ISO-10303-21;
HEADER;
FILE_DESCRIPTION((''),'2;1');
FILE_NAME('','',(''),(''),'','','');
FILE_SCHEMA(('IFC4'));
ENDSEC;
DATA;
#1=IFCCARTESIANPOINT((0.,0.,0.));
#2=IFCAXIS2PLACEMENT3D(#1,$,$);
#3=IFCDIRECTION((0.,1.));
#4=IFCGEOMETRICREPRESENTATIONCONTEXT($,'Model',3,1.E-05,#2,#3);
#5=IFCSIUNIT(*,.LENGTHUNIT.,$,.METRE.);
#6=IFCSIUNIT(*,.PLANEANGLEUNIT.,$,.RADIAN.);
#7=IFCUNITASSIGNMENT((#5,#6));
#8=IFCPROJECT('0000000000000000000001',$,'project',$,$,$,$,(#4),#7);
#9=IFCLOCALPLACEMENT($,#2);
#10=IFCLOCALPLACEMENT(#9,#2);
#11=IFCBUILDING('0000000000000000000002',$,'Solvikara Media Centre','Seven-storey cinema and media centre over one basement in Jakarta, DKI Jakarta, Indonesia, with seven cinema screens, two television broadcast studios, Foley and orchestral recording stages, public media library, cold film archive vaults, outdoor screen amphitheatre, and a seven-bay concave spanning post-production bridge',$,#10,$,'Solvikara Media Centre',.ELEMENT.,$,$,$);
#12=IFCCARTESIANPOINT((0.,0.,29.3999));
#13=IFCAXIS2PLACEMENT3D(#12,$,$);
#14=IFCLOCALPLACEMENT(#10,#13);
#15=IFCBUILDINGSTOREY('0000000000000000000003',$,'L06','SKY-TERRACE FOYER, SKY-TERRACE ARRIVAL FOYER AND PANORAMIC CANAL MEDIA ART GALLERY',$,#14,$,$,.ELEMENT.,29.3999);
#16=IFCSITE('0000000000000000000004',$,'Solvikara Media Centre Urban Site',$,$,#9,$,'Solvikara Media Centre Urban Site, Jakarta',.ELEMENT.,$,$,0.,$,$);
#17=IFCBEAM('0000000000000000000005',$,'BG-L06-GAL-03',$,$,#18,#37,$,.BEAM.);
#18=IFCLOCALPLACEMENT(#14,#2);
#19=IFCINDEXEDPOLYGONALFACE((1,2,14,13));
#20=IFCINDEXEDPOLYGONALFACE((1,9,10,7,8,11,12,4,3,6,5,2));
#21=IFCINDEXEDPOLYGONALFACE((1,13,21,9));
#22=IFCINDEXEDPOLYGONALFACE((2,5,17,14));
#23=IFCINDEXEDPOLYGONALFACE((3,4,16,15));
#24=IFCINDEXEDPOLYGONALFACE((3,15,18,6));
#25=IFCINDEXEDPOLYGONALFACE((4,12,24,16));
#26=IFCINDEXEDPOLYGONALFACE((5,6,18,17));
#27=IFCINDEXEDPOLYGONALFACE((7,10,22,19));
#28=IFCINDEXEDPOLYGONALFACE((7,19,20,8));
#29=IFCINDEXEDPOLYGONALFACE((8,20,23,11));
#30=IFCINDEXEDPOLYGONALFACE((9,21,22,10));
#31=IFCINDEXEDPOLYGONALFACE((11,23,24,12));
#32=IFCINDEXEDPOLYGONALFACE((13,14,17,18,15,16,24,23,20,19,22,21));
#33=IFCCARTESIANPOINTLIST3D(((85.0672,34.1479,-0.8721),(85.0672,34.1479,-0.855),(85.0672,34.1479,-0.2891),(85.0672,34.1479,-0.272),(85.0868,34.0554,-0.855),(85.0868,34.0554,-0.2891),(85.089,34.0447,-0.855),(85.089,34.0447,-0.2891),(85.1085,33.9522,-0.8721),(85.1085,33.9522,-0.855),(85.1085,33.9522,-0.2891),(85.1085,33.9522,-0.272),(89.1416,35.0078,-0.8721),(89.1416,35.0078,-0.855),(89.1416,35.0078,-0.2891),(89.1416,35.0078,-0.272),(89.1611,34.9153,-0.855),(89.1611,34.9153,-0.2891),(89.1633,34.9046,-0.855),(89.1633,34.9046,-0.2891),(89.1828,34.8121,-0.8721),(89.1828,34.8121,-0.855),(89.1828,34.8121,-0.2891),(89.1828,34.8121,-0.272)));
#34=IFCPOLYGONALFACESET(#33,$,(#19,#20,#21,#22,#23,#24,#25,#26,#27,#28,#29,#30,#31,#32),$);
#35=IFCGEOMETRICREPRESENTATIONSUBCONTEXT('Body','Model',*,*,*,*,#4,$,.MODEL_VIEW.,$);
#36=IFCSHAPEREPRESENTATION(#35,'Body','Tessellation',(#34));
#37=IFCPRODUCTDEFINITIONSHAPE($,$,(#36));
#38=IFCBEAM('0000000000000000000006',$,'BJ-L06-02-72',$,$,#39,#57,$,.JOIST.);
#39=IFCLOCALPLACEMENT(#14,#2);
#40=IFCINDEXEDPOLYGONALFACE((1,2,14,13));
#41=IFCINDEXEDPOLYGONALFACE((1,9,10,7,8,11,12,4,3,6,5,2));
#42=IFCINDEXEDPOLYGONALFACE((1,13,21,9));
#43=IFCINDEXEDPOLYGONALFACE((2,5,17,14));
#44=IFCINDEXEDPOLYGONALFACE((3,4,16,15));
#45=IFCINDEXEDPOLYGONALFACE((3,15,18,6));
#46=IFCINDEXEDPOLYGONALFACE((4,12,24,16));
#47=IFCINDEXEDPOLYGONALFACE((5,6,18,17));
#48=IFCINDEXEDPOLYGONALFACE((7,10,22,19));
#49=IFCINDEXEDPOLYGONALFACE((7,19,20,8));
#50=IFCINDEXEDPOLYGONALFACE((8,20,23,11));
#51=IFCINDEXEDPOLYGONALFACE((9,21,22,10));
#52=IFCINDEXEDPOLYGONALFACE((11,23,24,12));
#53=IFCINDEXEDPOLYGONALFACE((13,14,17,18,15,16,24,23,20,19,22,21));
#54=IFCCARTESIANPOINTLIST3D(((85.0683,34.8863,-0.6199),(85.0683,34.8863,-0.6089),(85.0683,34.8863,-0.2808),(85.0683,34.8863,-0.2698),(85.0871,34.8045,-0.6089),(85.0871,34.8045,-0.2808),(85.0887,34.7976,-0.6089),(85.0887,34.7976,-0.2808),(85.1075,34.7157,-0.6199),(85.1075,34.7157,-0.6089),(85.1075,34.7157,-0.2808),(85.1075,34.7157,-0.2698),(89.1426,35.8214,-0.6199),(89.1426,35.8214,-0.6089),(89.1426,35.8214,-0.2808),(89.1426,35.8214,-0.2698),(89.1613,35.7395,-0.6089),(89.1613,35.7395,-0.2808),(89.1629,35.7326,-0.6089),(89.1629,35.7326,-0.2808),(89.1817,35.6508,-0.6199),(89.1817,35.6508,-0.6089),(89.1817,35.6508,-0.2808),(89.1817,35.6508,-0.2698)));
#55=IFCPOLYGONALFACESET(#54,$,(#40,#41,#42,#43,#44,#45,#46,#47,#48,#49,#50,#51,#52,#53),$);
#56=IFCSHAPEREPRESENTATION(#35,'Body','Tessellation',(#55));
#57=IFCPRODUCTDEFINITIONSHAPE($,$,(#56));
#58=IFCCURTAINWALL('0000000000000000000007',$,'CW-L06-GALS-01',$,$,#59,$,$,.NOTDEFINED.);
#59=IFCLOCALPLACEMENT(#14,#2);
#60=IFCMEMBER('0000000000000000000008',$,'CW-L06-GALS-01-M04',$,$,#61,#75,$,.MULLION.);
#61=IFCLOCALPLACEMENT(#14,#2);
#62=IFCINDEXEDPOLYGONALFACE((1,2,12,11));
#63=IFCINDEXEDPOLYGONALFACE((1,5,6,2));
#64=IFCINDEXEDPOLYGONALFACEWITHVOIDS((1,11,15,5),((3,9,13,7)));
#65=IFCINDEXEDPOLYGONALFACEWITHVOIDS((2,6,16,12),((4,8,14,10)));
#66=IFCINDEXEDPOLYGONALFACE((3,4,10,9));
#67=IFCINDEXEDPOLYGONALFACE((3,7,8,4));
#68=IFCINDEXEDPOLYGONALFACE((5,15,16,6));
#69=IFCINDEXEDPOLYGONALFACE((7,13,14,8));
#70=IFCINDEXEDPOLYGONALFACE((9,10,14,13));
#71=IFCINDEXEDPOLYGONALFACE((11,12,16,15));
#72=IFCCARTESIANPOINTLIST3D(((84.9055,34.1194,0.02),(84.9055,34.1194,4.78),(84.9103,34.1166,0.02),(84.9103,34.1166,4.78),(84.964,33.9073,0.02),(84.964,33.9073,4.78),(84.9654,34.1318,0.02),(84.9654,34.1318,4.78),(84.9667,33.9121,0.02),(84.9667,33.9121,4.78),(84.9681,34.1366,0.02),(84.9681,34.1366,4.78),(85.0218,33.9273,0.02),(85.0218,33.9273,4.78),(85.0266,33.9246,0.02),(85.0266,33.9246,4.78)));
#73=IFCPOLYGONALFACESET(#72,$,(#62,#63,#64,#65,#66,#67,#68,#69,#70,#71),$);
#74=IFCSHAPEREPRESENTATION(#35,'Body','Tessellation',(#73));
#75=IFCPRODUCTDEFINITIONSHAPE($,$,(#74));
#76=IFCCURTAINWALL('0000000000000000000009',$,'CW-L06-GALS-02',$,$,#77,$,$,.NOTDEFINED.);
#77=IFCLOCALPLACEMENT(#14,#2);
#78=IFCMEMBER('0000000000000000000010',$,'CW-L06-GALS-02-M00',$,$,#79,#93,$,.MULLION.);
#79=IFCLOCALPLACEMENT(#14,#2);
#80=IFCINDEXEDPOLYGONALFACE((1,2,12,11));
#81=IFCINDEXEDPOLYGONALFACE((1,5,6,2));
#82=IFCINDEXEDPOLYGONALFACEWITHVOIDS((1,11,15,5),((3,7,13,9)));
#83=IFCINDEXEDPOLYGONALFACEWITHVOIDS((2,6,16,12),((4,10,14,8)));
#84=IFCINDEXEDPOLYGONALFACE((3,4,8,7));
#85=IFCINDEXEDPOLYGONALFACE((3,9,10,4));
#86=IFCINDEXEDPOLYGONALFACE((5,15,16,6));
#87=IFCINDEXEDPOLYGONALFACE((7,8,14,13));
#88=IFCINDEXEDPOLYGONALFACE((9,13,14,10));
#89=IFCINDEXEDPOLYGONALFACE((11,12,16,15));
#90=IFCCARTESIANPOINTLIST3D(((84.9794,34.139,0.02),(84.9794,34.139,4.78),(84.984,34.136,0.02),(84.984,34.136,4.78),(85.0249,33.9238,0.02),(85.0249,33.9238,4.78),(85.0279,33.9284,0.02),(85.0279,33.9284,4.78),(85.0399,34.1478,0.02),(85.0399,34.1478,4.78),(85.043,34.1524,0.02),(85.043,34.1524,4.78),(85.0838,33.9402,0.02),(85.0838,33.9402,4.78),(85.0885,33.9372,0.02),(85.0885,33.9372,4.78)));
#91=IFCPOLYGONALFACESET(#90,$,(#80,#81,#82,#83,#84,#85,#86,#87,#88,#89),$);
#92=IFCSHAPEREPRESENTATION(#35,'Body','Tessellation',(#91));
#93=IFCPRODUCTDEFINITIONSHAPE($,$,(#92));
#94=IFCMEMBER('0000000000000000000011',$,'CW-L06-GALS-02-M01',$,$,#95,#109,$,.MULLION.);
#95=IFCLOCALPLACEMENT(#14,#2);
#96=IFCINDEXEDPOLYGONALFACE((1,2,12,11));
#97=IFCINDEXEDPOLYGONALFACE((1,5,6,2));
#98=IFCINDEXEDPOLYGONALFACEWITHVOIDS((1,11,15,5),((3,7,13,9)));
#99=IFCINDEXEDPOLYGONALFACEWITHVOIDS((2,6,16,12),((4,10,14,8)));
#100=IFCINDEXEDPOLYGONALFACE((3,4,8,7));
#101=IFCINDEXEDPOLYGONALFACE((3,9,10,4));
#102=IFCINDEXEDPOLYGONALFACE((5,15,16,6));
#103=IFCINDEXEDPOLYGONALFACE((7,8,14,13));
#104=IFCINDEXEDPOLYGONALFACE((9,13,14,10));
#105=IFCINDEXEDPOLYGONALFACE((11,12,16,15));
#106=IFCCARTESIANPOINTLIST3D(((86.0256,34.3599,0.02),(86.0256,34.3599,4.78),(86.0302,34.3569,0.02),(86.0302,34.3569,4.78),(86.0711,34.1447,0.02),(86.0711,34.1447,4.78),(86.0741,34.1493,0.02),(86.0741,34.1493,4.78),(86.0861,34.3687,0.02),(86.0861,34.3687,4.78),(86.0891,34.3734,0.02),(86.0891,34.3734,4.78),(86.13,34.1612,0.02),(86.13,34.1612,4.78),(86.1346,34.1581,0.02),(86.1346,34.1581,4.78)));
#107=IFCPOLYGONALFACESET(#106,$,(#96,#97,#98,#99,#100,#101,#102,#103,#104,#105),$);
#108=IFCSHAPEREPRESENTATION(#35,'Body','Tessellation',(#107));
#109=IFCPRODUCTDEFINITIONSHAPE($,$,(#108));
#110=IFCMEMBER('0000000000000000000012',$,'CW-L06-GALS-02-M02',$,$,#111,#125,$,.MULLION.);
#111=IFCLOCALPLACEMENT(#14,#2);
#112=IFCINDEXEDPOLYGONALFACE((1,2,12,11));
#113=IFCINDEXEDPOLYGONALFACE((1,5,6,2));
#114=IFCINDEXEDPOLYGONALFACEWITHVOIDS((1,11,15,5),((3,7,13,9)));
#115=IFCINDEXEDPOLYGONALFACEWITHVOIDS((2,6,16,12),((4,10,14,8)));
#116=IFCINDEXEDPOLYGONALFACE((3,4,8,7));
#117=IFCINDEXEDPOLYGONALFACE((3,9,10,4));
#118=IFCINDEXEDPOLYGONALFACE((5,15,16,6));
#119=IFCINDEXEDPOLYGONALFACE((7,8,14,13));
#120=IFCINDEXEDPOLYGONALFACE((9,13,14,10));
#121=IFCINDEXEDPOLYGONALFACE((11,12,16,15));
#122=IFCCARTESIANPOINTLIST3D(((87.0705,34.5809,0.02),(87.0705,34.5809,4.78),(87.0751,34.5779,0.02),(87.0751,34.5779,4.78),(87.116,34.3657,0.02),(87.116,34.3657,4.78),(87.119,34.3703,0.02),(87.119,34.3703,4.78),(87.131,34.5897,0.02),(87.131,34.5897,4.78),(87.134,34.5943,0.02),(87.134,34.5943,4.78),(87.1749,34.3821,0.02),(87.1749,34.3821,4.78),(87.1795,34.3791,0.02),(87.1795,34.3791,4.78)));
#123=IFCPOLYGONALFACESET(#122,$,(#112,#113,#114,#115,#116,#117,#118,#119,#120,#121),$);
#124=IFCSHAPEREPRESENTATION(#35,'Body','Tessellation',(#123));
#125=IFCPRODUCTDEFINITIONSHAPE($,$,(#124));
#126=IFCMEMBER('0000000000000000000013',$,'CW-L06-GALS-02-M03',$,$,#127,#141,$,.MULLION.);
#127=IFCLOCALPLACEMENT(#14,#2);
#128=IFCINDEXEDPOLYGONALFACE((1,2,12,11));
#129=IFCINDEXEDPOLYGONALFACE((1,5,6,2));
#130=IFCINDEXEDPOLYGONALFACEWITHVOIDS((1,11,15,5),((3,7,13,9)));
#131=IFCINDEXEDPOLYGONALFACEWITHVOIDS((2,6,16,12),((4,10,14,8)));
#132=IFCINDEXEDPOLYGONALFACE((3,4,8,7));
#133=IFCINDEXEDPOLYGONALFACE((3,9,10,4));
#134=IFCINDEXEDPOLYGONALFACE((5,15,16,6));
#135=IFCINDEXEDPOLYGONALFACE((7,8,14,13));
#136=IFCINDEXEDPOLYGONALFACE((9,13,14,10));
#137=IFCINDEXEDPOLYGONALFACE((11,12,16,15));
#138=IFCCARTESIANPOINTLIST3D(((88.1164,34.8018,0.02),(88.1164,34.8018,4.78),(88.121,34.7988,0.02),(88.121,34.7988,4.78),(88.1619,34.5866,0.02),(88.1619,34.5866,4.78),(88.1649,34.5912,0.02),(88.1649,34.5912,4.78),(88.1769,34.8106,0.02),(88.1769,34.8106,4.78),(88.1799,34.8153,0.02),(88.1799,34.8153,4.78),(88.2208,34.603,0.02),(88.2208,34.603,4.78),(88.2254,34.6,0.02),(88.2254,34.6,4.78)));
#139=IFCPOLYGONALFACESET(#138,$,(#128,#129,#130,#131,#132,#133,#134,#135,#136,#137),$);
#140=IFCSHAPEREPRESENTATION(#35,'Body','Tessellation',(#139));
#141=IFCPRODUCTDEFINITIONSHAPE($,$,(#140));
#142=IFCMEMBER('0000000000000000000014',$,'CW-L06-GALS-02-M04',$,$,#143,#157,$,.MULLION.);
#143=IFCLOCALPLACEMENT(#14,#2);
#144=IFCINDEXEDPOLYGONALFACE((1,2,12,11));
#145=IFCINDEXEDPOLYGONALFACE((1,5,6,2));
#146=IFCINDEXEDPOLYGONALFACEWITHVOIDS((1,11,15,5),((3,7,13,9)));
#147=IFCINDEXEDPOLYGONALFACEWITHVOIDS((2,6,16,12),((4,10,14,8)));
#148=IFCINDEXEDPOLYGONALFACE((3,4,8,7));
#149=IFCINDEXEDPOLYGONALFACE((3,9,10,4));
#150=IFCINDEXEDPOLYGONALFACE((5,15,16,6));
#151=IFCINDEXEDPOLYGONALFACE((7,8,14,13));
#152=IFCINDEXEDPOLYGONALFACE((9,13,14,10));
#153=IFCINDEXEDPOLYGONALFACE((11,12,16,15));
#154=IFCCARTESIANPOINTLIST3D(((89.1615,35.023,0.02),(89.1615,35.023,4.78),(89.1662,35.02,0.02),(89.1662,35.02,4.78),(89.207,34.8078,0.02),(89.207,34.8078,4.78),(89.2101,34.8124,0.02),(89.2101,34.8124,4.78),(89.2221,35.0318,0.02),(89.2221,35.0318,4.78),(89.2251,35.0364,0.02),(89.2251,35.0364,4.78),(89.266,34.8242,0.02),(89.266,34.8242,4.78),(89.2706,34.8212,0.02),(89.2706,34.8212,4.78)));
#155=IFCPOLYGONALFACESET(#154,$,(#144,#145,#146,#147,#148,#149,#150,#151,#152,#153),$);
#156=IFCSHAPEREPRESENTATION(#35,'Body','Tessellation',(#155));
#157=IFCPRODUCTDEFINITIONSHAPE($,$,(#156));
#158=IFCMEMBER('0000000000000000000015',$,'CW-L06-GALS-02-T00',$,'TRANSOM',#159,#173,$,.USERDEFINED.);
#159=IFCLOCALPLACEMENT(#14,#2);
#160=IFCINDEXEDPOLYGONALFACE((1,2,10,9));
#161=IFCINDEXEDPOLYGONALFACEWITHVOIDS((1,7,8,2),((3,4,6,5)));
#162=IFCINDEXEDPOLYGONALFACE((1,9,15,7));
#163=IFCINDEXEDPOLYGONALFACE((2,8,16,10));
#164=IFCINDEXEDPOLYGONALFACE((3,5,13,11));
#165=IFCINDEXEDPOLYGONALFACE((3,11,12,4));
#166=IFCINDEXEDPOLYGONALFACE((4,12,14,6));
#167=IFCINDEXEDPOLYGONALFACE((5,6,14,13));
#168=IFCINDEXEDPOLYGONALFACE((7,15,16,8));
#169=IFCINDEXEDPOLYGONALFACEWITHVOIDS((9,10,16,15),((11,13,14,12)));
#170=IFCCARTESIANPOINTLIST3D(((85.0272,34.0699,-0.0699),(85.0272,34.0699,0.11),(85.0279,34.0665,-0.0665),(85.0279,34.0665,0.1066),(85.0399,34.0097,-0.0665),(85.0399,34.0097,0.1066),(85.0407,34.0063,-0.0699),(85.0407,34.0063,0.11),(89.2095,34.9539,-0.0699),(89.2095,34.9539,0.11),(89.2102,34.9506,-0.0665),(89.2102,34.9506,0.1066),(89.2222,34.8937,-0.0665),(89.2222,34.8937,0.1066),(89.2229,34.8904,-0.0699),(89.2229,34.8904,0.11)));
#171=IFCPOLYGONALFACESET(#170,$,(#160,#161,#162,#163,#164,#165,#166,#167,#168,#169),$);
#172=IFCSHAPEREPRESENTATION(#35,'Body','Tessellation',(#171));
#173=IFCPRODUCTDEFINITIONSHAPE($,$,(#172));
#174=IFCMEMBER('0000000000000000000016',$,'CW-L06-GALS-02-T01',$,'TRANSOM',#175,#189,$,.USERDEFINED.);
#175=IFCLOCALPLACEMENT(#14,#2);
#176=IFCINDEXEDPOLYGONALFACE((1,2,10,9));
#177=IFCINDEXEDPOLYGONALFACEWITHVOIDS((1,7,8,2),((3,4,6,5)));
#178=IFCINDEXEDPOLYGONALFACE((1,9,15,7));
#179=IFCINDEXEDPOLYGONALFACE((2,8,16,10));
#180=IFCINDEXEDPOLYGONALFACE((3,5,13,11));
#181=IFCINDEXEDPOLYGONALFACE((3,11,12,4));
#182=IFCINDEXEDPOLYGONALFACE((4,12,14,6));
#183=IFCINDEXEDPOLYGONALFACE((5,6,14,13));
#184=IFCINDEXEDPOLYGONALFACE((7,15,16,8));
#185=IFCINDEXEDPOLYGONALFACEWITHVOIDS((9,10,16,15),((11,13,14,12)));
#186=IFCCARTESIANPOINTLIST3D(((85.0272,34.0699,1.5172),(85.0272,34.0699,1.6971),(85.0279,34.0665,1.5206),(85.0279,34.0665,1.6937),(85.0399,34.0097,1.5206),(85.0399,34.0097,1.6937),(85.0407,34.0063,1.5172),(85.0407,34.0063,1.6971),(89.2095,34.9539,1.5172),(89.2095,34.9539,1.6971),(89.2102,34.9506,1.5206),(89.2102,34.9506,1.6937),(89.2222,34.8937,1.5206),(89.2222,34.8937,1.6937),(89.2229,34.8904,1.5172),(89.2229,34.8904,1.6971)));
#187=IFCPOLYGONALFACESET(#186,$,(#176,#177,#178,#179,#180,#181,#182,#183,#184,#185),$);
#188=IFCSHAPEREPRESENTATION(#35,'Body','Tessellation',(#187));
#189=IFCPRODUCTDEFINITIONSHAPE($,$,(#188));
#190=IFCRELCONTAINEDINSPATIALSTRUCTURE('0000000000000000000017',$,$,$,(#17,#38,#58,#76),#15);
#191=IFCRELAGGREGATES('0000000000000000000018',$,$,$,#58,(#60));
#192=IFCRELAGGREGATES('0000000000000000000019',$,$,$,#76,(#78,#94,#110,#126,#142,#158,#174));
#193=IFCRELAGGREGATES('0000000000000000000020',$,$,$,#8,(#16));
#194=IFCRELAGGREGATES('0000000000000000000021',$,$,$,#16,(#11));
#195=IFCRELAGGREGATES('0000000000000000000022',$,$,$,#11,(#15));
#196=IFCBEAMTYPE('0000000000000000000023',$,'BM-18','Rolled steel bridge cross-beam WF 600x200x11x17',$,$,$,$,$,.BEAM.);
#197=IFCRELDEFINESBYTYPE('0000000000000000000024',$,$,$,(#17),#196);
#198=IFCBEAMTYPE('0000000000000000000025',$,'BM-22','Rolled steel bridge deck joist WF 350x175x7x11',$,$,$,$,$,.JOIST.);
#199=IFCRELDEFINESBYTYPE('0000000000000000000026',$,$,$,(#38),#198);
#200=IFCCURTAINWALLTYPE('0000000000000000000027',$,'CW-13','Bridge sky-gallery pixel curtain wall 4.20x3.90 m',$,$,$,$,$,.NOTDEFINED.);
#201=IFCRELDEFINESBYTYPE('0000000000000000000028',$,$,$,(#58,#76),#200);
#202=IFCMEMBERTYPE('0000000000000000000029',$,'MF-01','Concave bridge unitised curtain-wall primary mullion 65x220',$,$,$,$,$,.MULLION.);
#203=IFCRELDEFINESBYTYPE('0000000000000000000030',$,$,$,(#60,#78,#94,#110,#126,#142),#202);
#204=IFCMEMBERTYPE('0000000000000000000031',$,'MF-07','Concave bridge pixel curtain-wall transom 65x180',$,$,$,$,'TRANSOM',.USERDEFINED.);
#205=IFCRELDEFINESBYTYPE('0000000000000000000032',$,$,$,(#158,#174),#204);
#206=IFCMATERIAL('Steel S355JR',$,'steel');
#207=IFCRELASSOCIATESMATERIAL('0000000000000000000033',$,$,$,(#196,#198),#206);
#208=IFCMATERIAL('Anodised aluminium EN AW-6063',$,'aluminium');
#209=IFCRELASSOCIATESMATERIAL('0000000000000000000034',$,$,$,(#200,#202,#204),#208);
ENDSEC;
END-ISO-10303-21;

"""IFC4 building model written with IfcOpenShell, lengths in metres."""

from ifc_helpers import new_model, si_unit, direction, frame, origin, origin_2d, place, context, subcontext, project, spatial, hollow_rectangle, i_section, extrude, material, material_profile, profile_set, type_object, element, aggregate, save


model = new_model("IFC4")

# Units and contexts
model_context = context("Model", 3, precision=1e-05, world=origin(), true_north=direction((0.0, 1.0)))
body_context = subcontext(model_context, "Body", "Model", "MODEL_VIEW")
ifc_project = project(units=[si_unit("LENGTHUNIT", "METRE"), si_unit("PLANEANGLEUNIT", "RADIAN")], contexts=[model_context])

# Site, building, storey
site_placement = place(None, origin())
site = spatial("IfcSite", under=ifc_project, at=site_placement, Name="Solvikara Media Centre Urban Site", LongName="Solvikara Media Centre Urban Site, Jakarta", CompositionType="ELEMENT", RefElevation=0.0)
building_placement = place(site_placement, origin())
building = spatial("IfcBuilding", under=site, at=building_placement, Name="Solvikara Media Centre", Description="Seven-storey cinema and media centre over one basement in Jakarta, DKI Jakarta, Indonesia, with seven cinema screens, two television broadcast studios, Foley and orchestral recording stages, public media library, cold film archive vaults, outdoor screen amphitheatre, and a seven-bay concave spanning post-production bridge", LongName="Solvikara Media Centre", CompositionType="ELEMENT")
storey_placement = place(building_placement, frame((0.0, 0.0, 29.3999)))
storey = spatial("IfcBuildingStorey", under=building, at=storey_placement, Name="L06", Description="SKY-TERRACE FOYER, SKY-TERRACE ARRIVAL FOYER AND PANORAMIC CANAL MEDIA ART GALLERY", CompositionType="ELEMENT", Elevation=29.3999)

# Beams
ifc_material_1 = material(Name="Steel S355JR", Category="steel")
ifc_material_profile_1 = material_profile(ifc_material_1, i_section(OverallWidth=0.2, OverallDepth=0.6001, WebThickness=0.011, FlangeThickness=0.0171, at=origin_2d()), Name="WF 600x200x11x17")
ifc_profile_set_1 = profile_set([ifc_material_profile_1], Name="Steel S355JR")
beam_type_1 = type_object("IfcBeamType", Name="BM-18", Description="Rolled steel bridge cross-beam WF 600x200x11x17", PredefinedType="BEAM", material=ifc_profile_set_1)
beam_1_placement = place(storey_placement, frame((85.0879, 34.05, -0.572), z_axis=(0.978446, 0.206501, 0.0), x_axis=(-0.206501, 0.978446, 0.0)))
element("IfcBeam", 1, at=beam_1_placement, inside=storey, type_object=beam_type_1, Name="BG-L06-GAL-03", PredefinedType="BEAM", context=body_context, shape_type="SweptSolid", body=[
    extrude(i_section(OverallWidth=0.2, OverallDepth=0.6001, WebThickness=0.011, FlangeThickness=0.0171, at=origin_2d()), origin(), (0.0, 0.0, 1.0), 4.1641),
])
ifc_material_profile_2 = material_profile(ifc_material_1, i_section(OverallWidth=0.175, OverallDepth=0.3501, WebThickness=0.0071, FlangeThickness=0.011, at=origin_2d()), Name="WF 350x175x7x11")
ifc_profile_set_2 = profile_set([ifc_material_profile_2], Name="Steel S355JR")
beam_type_2 = type_object("IfcBeamType", Name="BM-22", Description="Rolled steel bridge deck joist WF 350x175x7x11", PredefinedType="JOIST", material=ifc_profile_set_2)
beam_2_placement = place(storey_placement, frame((85.0879, 34.801, -0.4448), z_axis=(0.97466, 0.223691, 0.0), x_axis=(-0.223691, 0.97466, 0.0)))
element("IfcBeam", 2, at=beam_2_placement, inside=storey, type_object=beam_type_2, Name="BJ-L06-02-72", PredefinedType="JOIST", context=body_context, shape_type="SweptSolid", body=[
    extrude(i_section(OverallWidth=0.175, OverallDepth=0.3501, WebThickness=0.0071, FlangeThickness=0.011, at=origin_2d()), origin(), (0.0, 0.0, 1.0), 4.1802),
])

# Curtain wall, member
ifc_material_2 = material(Name="Anodised aluminium EN AW-6063", Category="aluminium")
curtain_wall_type = type_object("IfcCurtainWallType", Name="CW-13", Description="Bridge sky-gallery pixel curtain wall 4.20x3.90 m", PredefinedType="NOTDEFINED", material=ifc_material_2)
curtain_wall_1_placement = place(storey_placement, origin())
curtain_wall_1 = element("IfcCurtainWall", 3, at=curtain_wall_1_placement, inside=storey, type_object=curtain_wall_type, Name="CW-L06-GALS-01", PredefinedType="NOTDEFINED")
ifc_material_profile_3 = material_profile(ifc_material_2, hollow_rectangle(XDim=0.0649, YDim=0.22, WallThickness=0.0039, at=origin_2d()), Name="ALU-M 65x220x4")
ifc_profile_set_3 = profile_set([ifc_material_profile_3], Name="Anodised aluminium EN AW-6063")
member_type_1 = type_object("IfcMemberType", Name="MF-01", Description="Concave bridge unitised curtain-wall primary mullion 65x220", PredefinedType="MULLION", material=ifc_profile_set_3)
member_1_placement = place(storey_placement, frame((84.9661, 34.022, 0.02), z_axis=(0.0, 0.0, 1.0), x_axis=(0.96403, 0.265792, 0.0)))
member_1 = element("IfcMember", 4, at=member_1_placement, type_object=member_type_1, Name="CW-L06-GALS-01-M04", PredefinedType="MULLION", context=body_context, shape_type="SweptSolid", body=[
    extrude(hollow_rectangle(XDim=0.0649, YDim=0.22, WallThickness=0.0039, at=origin_2d()), origin(), (0.0, 0.0, 1.0), 4.76),
])

# Curtain wall, members
curtain_wall_2_placement = place(storey_placement, origin())
curtain_wall_2 = element("IfcCurtainWall", 5, at=curtain_wall_2_placement, inside=storey, type_object=curtain_wall_type, Name="CW-L06-GALS-02", PredefinedType="NOTDEFINED")
member_2_placement = place(storey_placement, frame((85.0339, 34.0381, 0.02), z_axis=(0.0, 0.0, 1.0), x_axis=(0.978379, 0.206819, 0.0)))
member_2 = element("IfcMember", 6, at=member_2_placement, type_object=member_type_1, Name="CW-L06-GALS-02-M00", PredefinedType="MULLION", context=body_context, shape_type="SweptSolid", body=[
    extrude(hollow_rectangle(XDim=0.0649, YDim=0.22, WallThickness=0.0039, at=origin_2d()), origin(), (0.0, 0.0, 1.0), 4.76),
])
member_3_placement = place(storey_placement, frame((86.0801, 34.259, 0.02), z_axis=(0.0, 0.0, 1.0), x_axis=(0.978379, 0.206819, 0.0)))
member_3 = element("IfcMember", 7, at=member_3_placement, type_object=member_type_1, Name="CW-L06-GALS-02-M01", PredefinedType="MULLION", context=body_context, shape_type="SweptSolid", body=[
    extrude(hollow_rectangle(XDim=0.0649, YDim=0.22, WallThickness=0.0039, at=origin_2d()), origin(), (0.0, 0.0, 1.0), 4.76),
])
member_4_placement = place(storey_placement, frame((87.125, 34.48, 0.02), z_axis=(0.0, 0.0, 1.0), x_axis=(0.978379, 0.206819, 0.0)))
member_4 = element("IfcMember", 8, at=member_4_placement, type_object=member_type_1, Name="CW-L06-GALS-02-M02", PredefinedType="MULLION", context=body_context, shape_type="SweptSolid", body=[
    extrude(hollow_rectangle(XDim=0.0649, YDim=0.22, WallThickness=0.0039, at=origin_2d()), origin(), (0.0, 0.0, 1.0), 4.76),
])
member_5_placement = place(storey_placement, frame((88.1709, 34.7009, 0.02), z_axis=(0.0, 0.0, 1.0), x_axis=(0.978379, 0.206819, 0.0)))
member_5 = element("IfcMember", 9, at=member_5_placement, type_object=member_type_1, Name="CW-L06-GALS-02-M03", PredefinedType="MULLION", context=body_context, shape_type="SweptSolid", body=[
    extrude(hollow_rectangle(XDim=0.0649, YDim=0.22, WallThickness=0.0039, at=origin_2d()), origin(), (0.0, 0.0, 1.0), 4.76),
])
member_6_placement = place(storey_placement, frame((89.2161, 34.9221, 0.02), z_axis=(0.0, 0.0, 1.0), x_axis=(0.978379, 0.206819, 0.0)))
member_6 = element("IfcMember", 10, at=member_6_placement, type_object=member_type_1, Name="CW-L06-GALS-02-M04", PredefinedType="MULLION", context=body_context, shape_type="SweptSolid", body=[
    extrude(hollow_rectangle(XDim=0.0649, YDim=0.22, WallThickness=0.0039, at=origin_2d()), origin(), (0.0, 0.0, 1.0), 4.76),
])
ifc_material_profile_4 = material_profile(ifc_material_2, hollow_rectangle(XDim=0.0649, YDim=0.1799, WallThickness=0.0034, at=origin_2d()), Name="ALU-T 65x180x3.5")
ifc_profile_set_4 = profile_set([ifc_material_profile_4], Name="Anodised aluminium EN AW-6063")
member_type_2 = type_object("IfcMemberType", Name="MF-07", Description="Concave bridge pixel curtain-wall transom 65x180", ElementType="TRANSOM", PredefinedType="USERDEFINED", material=ifc_profile_set_4)
member_7_placement = place(storey_placement, frame((85.0339, 34.0381, 0.02), z_axis=(0.97838, 0.206814, 0.0), x_axis=(-0.206814, 0.97838, 0.0)))
member_7 = element("IfcMember", 11, at=member_7_placement, type_object=member_type_2, Name="CW-L06-GALS-02-T00", ObjectType="TRANSOM", PredefinedType="USERDEFINED", context=body_context, shape_type="SweptSolid", body=[
    extrude(hollow_rectangle(XDim=0.0649, YDim=0.1799, WallThickness=0.0034, at=origin_2d()), origin(), (0.0, 0.0, 1.0), 4.2747),
])
member_8_placement = place(storey_placement, frame((85.0339, 34.0381, 1.6072), z_axis=(0.97838, 0.206814, 0.0), x_axis=(-0.206814, 0.97838, 0.0)))
member_8 = element("IfcMember", 12, at=member_8_placement, type_object=member_type_2, Name="CW-L06-GALS-02-T01", ObjectType="TRANSOM", PredefinedType="USERDEFINED", context=body_context, shape_type="SweptSolid", body=[
    extrude(hollow_rectangle(XDim=0.0649, YDim=0.1799, WallThickness=0.0034, at=origin_2d()), origin(), (0.0, 0.0, 1.0), 4.2747),
])

aggregate(curtain_wall_1, [member_1])
aggregate(curtain_wall_2, [member_2, member_3, member_4, member_5, member_6, member_7, member_8])

save(model, "model.ifc")
